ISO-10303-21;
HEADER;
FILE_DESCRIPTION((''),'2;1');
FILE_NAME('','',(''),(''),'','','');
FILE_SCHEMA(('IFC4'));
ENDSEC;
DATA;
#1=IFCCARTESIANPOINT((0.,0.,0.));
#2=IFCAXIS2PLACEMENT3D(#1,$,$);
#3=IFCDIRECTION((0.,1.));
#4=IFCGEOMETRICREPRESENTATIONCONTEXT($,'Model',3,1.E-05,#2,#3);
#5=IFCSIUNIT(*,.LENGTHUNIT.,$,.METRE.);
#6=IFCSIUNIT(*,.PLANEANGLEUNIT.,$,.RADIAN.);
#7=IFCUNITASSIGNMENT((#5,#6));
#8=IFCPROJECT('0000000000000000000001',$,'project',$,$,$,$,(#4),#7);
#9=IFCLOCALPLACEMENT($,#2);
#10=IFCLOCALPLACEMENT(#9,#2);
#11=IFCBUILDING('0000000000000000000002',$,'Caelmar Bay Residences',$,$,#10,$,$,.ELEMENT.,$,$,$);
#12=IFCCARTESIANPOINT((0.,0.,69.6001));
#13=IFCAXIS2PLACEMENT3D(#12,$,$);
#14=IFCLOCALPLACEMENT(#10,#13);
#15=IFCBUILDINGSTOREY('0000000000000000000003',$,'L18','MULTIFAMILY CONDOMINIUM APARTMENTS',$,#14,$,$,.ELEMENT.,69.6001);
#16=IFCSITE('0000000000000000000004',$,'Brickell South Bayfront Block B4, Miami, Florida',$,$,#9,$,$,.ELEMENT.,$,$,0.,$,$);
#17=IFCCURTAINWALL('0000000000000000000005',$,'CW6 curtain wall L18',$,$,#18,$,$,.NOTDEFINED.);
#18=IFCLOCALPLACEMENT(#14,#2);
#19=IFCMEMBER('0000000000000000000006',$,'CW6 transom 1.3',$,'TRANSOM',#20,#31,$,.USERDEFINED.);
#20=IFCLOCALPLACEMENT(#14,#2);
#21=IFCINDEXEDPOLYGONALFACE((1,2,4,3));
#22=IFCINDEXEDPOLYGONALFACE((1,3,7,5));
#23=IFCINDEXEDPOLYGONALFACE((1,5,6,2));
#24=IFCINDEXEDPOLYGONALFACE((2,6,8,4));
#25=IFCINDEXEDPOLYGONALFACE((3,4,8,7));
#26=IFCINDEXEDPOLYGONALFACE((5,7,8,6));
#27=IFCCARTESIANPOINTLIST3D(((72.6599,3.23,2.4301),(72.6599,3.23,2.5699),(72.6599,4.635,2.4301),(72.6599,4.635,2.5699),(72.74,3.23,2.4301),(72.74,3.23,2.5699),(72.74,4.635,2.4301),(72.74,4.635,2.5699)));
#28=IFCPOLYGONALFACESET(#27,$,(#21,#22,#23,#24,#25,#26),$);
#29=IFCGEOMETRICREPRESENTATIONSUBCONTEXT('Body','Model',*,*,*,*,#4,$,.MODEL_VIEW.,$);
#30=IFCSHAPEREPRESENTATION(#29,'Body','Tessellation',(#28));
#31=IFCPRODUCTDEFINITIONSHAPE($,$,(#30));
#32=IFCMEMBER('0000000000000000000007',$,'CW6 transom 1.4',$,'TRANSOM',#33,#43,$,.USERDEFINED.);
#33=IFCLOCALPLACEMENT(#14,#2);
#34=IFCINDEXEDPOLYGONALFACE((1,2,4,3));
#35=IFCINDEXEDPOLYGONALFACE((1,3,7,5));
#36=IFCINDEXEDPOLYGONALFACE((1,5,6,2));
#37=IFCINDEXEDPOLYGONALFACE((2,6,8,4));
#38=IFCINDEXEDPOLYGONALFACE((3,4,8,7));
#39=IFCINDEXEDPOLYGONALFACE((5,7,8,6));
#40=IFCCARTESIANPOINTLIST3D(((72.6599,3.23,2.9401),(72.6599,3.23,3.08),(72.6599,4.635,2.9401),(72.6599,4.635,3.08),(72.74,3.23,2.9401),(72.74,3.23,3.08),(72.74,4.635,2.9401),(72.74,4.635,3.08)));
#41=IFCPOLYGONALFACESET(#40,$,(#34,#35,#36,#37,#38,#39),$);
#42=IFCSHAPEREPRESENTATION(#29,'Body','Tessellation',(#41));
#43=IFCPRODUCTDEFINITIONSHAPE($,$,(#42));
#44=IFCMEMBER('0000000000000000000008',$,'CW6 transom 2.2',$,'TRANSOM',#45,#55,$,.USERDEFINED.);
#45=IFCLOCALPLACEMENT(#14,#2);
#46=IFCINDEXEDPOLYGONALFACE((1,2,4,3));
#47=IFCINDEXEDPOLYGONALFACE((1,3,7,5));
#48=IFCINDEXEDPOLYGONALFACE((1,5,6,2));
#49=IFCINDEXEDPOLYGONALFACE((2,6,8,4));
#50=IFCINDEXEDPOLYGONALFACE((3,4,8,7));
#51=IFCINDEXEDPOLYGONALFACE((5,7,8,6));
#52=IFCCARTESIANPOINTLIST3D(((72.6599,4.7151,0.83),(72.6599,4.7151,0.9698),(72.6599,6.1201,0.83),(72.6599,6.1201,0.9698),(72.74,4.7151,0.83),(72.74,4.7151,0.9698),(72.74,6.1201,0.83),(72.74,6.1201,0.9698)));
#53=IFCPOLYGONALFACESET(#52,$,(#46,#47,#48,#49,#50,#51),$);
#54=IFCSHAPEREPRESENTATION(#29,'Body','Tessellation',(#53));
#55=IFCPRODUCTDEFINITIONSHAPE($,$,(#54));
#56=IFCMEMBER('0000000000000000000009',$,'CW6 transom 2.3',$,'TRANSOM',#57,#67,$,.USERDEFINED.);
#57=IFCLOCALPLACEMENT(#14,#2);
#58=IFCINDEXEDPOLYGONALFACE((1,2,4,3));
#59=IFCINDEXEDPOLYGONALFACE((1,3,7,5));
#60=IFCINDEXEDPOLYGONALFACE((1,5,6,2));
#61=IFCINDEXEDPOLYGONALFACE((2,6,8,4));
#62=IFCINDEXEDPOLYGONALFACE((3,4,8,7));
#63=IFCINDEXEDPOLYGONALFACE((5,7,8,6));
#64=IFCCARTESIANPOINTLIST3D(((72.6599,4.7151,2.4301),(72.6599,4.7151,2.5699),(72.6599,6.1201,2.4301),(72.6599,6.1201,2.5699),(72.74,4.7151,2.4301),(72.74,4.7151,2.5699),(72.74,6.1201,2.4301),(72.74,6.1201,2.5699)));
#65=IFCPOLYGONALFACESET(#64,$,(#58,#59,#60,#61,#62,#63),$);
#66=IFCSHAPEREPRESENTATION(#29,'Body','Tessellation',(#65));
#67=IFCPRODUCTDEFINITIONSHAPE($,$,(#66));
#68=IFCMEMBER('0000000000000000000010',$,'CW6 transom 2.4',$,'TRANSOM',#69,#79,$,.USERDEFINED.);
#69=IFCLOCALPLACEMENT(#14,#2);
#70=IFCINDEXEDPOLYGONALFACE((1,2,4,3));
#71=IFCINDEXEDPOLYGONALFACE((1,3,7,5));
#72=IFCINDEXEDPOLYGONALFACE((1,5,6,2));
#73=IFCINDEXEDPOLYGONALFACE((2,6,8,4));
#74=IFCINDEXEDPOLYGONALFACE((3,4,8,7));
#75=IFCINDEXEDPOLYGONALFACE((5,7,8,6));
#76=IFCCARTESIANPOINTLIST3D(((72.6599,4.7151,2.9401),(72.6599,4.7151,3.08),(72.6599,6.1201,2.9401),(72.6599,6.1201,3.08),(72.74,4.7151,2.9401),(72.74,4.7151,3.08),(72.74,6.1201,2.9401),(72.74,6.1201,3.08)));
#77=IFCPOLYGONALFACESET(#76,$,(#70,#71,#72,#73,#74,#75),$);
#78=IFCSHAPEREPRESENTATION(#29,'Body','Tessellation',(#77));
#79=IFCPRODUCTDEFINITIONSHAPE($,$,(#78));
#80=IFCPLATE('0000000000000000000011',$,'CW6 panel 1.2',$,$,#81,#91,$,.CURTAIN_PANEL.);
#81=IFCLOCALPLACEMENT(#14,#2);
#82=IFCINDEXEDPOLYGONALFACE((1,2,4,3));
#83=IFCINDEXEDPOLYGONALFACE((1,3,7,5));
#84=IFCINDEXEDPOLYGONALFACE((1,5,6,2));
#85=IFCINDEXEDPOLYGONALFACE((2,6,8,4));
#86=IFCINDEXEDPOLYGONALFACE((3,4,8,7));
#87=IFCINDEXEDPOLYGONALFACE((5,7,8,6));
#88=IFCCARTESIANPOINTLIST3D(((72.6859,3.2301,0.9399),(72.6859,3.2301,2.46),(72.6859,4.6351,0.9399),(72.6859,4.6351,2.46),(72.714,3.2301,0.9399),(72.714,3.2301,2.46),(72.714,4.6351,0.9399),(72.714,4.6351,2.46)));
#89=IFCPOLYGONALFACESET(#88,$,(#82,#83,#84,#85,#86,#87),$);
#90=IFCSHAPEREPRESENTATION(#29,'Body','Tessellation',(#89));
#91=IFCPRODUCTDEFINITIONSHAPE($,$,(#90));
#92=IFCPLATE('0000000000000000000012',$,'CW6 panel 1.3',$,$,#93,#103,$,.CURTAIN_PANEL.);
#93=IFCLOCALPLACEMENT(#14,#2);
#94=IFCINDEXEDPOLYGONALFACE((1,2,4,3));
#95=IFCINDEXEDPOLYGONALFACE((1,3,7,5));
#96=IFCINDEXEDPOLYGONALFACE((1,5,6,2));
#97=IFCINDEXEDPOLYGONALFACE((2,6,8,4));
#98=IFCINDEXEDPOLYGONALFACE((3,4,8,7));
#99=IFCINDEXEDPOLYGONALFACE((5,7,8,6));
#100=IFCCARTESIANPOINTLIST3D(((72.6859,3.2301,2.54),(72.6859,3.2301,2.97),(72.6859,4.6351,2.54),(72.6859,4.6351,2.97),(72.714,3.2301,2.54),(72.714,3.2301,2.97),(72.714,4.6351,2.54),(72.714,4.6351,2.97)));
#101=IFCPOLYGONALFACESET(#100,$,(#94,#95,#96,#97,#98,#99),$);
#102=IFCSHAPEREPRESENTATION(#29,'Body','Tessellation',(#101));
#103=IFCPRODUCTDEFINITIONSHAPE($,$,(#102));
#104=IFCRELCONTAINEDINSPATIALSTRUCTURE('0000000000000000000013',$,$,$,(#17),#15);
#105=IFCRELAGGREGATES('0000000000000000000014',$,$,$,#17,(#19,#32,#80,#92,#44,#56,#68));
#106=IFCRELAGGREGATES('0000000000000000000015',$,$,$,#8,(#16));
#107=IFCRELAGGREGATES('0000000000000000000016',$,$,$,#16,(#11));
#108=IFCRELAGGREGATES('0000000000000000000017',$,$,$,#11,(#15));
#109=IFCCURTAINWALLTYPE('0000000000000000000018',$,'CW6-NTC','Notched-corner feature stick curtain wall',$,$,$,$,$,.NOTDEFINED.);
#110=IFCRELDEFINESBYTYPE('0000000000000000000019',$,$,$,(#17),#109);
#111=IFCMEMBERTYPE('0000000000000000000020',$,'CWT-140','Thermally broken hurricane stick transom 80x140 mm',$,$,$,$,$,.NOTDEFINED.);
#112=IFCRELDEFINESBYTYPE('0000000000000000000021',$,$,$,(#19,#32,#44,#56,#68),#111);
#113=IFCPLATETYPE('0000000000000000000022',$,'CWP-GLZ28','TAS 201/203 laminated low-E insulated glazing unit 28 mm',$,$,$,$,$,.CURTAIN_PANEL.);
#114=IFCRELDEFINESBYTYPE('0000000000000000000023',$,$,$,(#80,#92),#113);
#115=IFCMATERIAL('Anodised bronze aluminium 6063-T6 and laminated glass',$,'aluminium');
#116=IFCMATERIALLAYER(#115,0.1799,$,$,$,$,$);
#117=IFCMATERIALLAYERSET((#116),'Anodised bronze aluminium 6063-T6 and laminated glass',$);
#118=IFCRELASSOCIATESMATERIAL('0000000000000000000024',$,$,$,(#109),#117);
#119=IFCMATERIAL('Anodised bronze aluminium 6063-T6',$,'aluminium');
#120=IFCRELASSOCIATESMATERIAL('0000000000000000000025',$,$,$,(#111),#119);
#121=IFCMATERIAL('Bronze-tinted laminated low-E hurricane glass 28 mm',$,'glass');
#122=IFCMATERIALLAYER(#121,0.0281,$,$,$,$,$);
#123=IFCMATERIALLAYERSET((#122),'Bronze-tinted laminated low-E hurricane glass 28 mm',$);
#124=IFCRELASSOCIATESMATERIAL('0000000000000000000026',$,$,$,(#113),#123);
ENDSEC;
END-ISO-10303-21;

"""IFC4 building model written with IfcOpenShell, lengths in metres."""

from ifc_helpers import new_model, si_unit, direction, frame, origin, origin_2d, place, context, subcontext, project, spatial, rectangle, extrude, material, layer, layer_set, material_profile, profile_set, type_object, element, aggregate, save


model = new_model("IFC4")

# Units and contexts
model_context = context("Model", 3, precision=1e-05, world=origin(), true_north=direction((0.0, 1.0)))
body_context = subcontext(model_context, "Body", "Model", "MODEL_VIEW")
ifc_project = project(units=[si_unit("LENGTHUNIT", "METRE"), si_unit("PLANEANGLEUNIT", "RADIAN")], contexts=[model_context])

# Site, building, storey
site_placement = place(None, origin())
site = spatial("IfcSite", under=ifc_project, at=site_placement, Name="Brickell South Bayfront Block B4, Miami, Florida", CompositionType="ELEMENT", RefElevation=0.0)
building_placement = place(site_placement, origin())
building = spatial("IfcBuilding", under=site, at=building_placement, Name="Caelmar Bay Residences", CompositionType="ELEMENT")
storey_placement = place(building_placement, frame((0.0, 0.0, 69.6001)))
storey = spatial("IfcBuildingStorey", under=building, at=storey_placement, Name="L18", Description="MULTIFAMILY CONDOMINIUM APARTMENTS", CompositionType="ELEMENT", Elevation=69.6001)

# Curtain wall, members, plates
ifc_material_1 = material(Name="Anodised bronze aluminium 6063-T6 and laminated glass", Category="aluminium")
ifc_layer_1 = layer(ifc_material_1, 0.1799)
ifc_layer_set_1 = layer_set([ifc_layer_1], Name="Anodised bronze aluminium 6063-T6 and laminated glass")
curtain_wall_type = type_object("IfcCurtainWallType", Name="CW6-NTC", Description="Notched-corner feature stick curtain wall", PredefinedType="NOTDEFINED", material=ifc_layer_set_1)
curtain_wall_placement = place(storey_placement, origin())
curtain_wall = element("IfcCurtainWall", 1, at=curtain_wall_placement, inside=storey, type_object=curtain_wall_type, Name="CW6 curtain wall L18", PredefinedType="NOTDEFINED")
ifc_material_2 = material(Name="Anodised bronze aluminium 6063-T6", Category="aluminium")
ifc_material_profile = material_profile(ifc_material_2, rectangle(XDim=0.0801, YDim=0.1399, at=origin_2d()), Name="CWT-80X140")
ifc_profile_set = profile_set([ifc_material_profile], Name="Anodised bronze aluminium 6063-T6")
member_type = type_object("IfcMemberType", Name="CWT-140", Description="Thermally broken hurricane stick transom 80x140 mm", PredefinedType="NOTDEFINED", material=ifc_profile_set)
member_1_placement = place(storey_placement, frame((72.7, 3.23, 2.5), z_axis=(0.0, 1.0, 0.0), x_axis=(-1.0, 0.0, 0.0)))
member_1 = element("IfcMember", 2, at=member_1_placement, type_object=member_type, Name="CW6 transom 1.3", ObjectType="TRANSOM", PredefinedType="USERDEFINED", context=body_context, shape_type="SweptSolid", body=[
    extrude(rectangle(XDim=0.0801, YDim=0.1399, at=origin_2d()), origin(), (0.0, 0.0, 1.0), 1.405),
])
member_2_placement = place(storey_placement, frame((72.7, 3.23, 3.01), z_axis=(0.0, 1.0, 0.0), x_axis=(-1.0, 0.0, 0.0)))
member_2 = element("IfcMember", 3, at=member_2_placement, type_object=member_type, Name="CW6 transom 1.4", ObjectType="TRANSOM", PredefinedType="USERDEFINED", context=body_context, shape_type="SweptSolid", body=[
    extrude(rectangle(XDim=0.0801, YDim=0.1399, at=origin_2d()), origin(), (0.0, 0.0, 1.0), 1.405),
])
member_3_placement = place(storey_placement, frame((72.7, 4.7151, 0.8999), z_axis=(0.0, 1.0, 0.0), x_axis=(-1.0, 0.0, 0.0)))
member_3 = element("IfcMember", 4, at=member_3_placement, type_object=member_type, Name="CW6 transom 2.2", ObjectType="TRANSOM", PredefinedType="USERDEFINED", context=body_context, shape_type="SweptSolid", body=[
    extrude(rectangle(XDim=0.0801, YDim=0.1399, at=origin_2d()), origin(), (0.0, 0.0, 1.0), 1.405),
])
member_4_placement = place(storey_placement, frame((72.7, 4.7151, 2.5), z_axis=(0.0, 1.0, 0.0), x_axis=(-1.0, 0.0, 0.0)))
member_4 = element("IfcMember", 5, at=member_4_placement, type_object=member_type, Name="CW6 transom 2.3", ObjectType="TRANSOM", PredefinedType="USERDEFINED", context=body_context, shape_type="SweptSolid", body=[
    extrude(rectangle(XDim=0.0801, YDim=0.1399, at=origin_2d()), origin(), (0.0, 0.0, 1.0), 1.405),
])
member_5_placement = place(storey_placement, frame((72.7, 4.7151, 3.01), z_axis=(0.0, 1.0, 0.0), x_axis=(-1.0, 0.0, 0.0)))
member_5 = element("IfcMember", 6, at=member_5_placement, type_object=member_type, Name="CW6 transom 2.4", ObjectType="TRANSOM", PredefinedType="USERDEFINED", context=body_context, shape_type="SweptSolid", body=[
    extrude(rectangle(XDim=0.0801, YDim=0.1399, at=origin_2d()), origin(), (0.0, 0.0, 1.0), 1.405),
])
ifc_material_3 = material(Name="Bronze-tinted laminated low-E hurricane glass 28 mm", Category="glass")
ifc_layer_2 = layer(ifc_material_3, 0.0281)
ifc_layer_set_2 = layer_set([ifc_layer_2], Name="Bronze-tinted laminated low-E hurricane glass 28 mm")
plate_type = type_object("IfcPlateType", Name="CWP-GLZ28", Description="TAS 201/203 laminated low-E insulated glazing unit 28 mm", PredefinedType="CURTAIN_PANEL", material=ifc_layer_set_2)
plate_1_placement = place(storey_placement, frame((72.7, 3.9326, 0.9399), z_axis=(0.0, 0.0, 1.0), x_axis=(0.0, 1.0, 0.0)))
plate_1 = element("IfcPlate", 7, at=plate_1_placement, type_object=plate_type, Name="CW6 panel 1.2", PredefinedType="CURTAIN_PANEL", context=body_context, shape_type="SweptSolid", body=[
    extrude(rectangle(XDim=1.405, YDim=0.0281, at=origin_2d()), origin(), (0.0, 0.0, 1.0), 1.52),
])
plate_2_placement = place(storey_placement, frame((72.7, 3.9326, 2.54), z_axis=(0.0, 0.0, 1.0), x_axis=(0.0, 1.0, 0.0)))
plate_2 = element("IfcPlate", 8, at=plate_2_placement, type_object=plate_type, Name="CW6 panel 1.3", PredefinedType="CURTAIN_PANEL", context=body_context, shape_type="SweptSolid", body=[
    extrude(rectangle(XDim=1.405, YDim=0.0281, at=origin_2d()), origin(), (0.0, 0.0, 1.0), 0.4299),
])
aggregate(curtain_wall, [member_1, member_2, plate_1, plate_2, member_3, member_4, member_5])

save(model, "model.ifc")
